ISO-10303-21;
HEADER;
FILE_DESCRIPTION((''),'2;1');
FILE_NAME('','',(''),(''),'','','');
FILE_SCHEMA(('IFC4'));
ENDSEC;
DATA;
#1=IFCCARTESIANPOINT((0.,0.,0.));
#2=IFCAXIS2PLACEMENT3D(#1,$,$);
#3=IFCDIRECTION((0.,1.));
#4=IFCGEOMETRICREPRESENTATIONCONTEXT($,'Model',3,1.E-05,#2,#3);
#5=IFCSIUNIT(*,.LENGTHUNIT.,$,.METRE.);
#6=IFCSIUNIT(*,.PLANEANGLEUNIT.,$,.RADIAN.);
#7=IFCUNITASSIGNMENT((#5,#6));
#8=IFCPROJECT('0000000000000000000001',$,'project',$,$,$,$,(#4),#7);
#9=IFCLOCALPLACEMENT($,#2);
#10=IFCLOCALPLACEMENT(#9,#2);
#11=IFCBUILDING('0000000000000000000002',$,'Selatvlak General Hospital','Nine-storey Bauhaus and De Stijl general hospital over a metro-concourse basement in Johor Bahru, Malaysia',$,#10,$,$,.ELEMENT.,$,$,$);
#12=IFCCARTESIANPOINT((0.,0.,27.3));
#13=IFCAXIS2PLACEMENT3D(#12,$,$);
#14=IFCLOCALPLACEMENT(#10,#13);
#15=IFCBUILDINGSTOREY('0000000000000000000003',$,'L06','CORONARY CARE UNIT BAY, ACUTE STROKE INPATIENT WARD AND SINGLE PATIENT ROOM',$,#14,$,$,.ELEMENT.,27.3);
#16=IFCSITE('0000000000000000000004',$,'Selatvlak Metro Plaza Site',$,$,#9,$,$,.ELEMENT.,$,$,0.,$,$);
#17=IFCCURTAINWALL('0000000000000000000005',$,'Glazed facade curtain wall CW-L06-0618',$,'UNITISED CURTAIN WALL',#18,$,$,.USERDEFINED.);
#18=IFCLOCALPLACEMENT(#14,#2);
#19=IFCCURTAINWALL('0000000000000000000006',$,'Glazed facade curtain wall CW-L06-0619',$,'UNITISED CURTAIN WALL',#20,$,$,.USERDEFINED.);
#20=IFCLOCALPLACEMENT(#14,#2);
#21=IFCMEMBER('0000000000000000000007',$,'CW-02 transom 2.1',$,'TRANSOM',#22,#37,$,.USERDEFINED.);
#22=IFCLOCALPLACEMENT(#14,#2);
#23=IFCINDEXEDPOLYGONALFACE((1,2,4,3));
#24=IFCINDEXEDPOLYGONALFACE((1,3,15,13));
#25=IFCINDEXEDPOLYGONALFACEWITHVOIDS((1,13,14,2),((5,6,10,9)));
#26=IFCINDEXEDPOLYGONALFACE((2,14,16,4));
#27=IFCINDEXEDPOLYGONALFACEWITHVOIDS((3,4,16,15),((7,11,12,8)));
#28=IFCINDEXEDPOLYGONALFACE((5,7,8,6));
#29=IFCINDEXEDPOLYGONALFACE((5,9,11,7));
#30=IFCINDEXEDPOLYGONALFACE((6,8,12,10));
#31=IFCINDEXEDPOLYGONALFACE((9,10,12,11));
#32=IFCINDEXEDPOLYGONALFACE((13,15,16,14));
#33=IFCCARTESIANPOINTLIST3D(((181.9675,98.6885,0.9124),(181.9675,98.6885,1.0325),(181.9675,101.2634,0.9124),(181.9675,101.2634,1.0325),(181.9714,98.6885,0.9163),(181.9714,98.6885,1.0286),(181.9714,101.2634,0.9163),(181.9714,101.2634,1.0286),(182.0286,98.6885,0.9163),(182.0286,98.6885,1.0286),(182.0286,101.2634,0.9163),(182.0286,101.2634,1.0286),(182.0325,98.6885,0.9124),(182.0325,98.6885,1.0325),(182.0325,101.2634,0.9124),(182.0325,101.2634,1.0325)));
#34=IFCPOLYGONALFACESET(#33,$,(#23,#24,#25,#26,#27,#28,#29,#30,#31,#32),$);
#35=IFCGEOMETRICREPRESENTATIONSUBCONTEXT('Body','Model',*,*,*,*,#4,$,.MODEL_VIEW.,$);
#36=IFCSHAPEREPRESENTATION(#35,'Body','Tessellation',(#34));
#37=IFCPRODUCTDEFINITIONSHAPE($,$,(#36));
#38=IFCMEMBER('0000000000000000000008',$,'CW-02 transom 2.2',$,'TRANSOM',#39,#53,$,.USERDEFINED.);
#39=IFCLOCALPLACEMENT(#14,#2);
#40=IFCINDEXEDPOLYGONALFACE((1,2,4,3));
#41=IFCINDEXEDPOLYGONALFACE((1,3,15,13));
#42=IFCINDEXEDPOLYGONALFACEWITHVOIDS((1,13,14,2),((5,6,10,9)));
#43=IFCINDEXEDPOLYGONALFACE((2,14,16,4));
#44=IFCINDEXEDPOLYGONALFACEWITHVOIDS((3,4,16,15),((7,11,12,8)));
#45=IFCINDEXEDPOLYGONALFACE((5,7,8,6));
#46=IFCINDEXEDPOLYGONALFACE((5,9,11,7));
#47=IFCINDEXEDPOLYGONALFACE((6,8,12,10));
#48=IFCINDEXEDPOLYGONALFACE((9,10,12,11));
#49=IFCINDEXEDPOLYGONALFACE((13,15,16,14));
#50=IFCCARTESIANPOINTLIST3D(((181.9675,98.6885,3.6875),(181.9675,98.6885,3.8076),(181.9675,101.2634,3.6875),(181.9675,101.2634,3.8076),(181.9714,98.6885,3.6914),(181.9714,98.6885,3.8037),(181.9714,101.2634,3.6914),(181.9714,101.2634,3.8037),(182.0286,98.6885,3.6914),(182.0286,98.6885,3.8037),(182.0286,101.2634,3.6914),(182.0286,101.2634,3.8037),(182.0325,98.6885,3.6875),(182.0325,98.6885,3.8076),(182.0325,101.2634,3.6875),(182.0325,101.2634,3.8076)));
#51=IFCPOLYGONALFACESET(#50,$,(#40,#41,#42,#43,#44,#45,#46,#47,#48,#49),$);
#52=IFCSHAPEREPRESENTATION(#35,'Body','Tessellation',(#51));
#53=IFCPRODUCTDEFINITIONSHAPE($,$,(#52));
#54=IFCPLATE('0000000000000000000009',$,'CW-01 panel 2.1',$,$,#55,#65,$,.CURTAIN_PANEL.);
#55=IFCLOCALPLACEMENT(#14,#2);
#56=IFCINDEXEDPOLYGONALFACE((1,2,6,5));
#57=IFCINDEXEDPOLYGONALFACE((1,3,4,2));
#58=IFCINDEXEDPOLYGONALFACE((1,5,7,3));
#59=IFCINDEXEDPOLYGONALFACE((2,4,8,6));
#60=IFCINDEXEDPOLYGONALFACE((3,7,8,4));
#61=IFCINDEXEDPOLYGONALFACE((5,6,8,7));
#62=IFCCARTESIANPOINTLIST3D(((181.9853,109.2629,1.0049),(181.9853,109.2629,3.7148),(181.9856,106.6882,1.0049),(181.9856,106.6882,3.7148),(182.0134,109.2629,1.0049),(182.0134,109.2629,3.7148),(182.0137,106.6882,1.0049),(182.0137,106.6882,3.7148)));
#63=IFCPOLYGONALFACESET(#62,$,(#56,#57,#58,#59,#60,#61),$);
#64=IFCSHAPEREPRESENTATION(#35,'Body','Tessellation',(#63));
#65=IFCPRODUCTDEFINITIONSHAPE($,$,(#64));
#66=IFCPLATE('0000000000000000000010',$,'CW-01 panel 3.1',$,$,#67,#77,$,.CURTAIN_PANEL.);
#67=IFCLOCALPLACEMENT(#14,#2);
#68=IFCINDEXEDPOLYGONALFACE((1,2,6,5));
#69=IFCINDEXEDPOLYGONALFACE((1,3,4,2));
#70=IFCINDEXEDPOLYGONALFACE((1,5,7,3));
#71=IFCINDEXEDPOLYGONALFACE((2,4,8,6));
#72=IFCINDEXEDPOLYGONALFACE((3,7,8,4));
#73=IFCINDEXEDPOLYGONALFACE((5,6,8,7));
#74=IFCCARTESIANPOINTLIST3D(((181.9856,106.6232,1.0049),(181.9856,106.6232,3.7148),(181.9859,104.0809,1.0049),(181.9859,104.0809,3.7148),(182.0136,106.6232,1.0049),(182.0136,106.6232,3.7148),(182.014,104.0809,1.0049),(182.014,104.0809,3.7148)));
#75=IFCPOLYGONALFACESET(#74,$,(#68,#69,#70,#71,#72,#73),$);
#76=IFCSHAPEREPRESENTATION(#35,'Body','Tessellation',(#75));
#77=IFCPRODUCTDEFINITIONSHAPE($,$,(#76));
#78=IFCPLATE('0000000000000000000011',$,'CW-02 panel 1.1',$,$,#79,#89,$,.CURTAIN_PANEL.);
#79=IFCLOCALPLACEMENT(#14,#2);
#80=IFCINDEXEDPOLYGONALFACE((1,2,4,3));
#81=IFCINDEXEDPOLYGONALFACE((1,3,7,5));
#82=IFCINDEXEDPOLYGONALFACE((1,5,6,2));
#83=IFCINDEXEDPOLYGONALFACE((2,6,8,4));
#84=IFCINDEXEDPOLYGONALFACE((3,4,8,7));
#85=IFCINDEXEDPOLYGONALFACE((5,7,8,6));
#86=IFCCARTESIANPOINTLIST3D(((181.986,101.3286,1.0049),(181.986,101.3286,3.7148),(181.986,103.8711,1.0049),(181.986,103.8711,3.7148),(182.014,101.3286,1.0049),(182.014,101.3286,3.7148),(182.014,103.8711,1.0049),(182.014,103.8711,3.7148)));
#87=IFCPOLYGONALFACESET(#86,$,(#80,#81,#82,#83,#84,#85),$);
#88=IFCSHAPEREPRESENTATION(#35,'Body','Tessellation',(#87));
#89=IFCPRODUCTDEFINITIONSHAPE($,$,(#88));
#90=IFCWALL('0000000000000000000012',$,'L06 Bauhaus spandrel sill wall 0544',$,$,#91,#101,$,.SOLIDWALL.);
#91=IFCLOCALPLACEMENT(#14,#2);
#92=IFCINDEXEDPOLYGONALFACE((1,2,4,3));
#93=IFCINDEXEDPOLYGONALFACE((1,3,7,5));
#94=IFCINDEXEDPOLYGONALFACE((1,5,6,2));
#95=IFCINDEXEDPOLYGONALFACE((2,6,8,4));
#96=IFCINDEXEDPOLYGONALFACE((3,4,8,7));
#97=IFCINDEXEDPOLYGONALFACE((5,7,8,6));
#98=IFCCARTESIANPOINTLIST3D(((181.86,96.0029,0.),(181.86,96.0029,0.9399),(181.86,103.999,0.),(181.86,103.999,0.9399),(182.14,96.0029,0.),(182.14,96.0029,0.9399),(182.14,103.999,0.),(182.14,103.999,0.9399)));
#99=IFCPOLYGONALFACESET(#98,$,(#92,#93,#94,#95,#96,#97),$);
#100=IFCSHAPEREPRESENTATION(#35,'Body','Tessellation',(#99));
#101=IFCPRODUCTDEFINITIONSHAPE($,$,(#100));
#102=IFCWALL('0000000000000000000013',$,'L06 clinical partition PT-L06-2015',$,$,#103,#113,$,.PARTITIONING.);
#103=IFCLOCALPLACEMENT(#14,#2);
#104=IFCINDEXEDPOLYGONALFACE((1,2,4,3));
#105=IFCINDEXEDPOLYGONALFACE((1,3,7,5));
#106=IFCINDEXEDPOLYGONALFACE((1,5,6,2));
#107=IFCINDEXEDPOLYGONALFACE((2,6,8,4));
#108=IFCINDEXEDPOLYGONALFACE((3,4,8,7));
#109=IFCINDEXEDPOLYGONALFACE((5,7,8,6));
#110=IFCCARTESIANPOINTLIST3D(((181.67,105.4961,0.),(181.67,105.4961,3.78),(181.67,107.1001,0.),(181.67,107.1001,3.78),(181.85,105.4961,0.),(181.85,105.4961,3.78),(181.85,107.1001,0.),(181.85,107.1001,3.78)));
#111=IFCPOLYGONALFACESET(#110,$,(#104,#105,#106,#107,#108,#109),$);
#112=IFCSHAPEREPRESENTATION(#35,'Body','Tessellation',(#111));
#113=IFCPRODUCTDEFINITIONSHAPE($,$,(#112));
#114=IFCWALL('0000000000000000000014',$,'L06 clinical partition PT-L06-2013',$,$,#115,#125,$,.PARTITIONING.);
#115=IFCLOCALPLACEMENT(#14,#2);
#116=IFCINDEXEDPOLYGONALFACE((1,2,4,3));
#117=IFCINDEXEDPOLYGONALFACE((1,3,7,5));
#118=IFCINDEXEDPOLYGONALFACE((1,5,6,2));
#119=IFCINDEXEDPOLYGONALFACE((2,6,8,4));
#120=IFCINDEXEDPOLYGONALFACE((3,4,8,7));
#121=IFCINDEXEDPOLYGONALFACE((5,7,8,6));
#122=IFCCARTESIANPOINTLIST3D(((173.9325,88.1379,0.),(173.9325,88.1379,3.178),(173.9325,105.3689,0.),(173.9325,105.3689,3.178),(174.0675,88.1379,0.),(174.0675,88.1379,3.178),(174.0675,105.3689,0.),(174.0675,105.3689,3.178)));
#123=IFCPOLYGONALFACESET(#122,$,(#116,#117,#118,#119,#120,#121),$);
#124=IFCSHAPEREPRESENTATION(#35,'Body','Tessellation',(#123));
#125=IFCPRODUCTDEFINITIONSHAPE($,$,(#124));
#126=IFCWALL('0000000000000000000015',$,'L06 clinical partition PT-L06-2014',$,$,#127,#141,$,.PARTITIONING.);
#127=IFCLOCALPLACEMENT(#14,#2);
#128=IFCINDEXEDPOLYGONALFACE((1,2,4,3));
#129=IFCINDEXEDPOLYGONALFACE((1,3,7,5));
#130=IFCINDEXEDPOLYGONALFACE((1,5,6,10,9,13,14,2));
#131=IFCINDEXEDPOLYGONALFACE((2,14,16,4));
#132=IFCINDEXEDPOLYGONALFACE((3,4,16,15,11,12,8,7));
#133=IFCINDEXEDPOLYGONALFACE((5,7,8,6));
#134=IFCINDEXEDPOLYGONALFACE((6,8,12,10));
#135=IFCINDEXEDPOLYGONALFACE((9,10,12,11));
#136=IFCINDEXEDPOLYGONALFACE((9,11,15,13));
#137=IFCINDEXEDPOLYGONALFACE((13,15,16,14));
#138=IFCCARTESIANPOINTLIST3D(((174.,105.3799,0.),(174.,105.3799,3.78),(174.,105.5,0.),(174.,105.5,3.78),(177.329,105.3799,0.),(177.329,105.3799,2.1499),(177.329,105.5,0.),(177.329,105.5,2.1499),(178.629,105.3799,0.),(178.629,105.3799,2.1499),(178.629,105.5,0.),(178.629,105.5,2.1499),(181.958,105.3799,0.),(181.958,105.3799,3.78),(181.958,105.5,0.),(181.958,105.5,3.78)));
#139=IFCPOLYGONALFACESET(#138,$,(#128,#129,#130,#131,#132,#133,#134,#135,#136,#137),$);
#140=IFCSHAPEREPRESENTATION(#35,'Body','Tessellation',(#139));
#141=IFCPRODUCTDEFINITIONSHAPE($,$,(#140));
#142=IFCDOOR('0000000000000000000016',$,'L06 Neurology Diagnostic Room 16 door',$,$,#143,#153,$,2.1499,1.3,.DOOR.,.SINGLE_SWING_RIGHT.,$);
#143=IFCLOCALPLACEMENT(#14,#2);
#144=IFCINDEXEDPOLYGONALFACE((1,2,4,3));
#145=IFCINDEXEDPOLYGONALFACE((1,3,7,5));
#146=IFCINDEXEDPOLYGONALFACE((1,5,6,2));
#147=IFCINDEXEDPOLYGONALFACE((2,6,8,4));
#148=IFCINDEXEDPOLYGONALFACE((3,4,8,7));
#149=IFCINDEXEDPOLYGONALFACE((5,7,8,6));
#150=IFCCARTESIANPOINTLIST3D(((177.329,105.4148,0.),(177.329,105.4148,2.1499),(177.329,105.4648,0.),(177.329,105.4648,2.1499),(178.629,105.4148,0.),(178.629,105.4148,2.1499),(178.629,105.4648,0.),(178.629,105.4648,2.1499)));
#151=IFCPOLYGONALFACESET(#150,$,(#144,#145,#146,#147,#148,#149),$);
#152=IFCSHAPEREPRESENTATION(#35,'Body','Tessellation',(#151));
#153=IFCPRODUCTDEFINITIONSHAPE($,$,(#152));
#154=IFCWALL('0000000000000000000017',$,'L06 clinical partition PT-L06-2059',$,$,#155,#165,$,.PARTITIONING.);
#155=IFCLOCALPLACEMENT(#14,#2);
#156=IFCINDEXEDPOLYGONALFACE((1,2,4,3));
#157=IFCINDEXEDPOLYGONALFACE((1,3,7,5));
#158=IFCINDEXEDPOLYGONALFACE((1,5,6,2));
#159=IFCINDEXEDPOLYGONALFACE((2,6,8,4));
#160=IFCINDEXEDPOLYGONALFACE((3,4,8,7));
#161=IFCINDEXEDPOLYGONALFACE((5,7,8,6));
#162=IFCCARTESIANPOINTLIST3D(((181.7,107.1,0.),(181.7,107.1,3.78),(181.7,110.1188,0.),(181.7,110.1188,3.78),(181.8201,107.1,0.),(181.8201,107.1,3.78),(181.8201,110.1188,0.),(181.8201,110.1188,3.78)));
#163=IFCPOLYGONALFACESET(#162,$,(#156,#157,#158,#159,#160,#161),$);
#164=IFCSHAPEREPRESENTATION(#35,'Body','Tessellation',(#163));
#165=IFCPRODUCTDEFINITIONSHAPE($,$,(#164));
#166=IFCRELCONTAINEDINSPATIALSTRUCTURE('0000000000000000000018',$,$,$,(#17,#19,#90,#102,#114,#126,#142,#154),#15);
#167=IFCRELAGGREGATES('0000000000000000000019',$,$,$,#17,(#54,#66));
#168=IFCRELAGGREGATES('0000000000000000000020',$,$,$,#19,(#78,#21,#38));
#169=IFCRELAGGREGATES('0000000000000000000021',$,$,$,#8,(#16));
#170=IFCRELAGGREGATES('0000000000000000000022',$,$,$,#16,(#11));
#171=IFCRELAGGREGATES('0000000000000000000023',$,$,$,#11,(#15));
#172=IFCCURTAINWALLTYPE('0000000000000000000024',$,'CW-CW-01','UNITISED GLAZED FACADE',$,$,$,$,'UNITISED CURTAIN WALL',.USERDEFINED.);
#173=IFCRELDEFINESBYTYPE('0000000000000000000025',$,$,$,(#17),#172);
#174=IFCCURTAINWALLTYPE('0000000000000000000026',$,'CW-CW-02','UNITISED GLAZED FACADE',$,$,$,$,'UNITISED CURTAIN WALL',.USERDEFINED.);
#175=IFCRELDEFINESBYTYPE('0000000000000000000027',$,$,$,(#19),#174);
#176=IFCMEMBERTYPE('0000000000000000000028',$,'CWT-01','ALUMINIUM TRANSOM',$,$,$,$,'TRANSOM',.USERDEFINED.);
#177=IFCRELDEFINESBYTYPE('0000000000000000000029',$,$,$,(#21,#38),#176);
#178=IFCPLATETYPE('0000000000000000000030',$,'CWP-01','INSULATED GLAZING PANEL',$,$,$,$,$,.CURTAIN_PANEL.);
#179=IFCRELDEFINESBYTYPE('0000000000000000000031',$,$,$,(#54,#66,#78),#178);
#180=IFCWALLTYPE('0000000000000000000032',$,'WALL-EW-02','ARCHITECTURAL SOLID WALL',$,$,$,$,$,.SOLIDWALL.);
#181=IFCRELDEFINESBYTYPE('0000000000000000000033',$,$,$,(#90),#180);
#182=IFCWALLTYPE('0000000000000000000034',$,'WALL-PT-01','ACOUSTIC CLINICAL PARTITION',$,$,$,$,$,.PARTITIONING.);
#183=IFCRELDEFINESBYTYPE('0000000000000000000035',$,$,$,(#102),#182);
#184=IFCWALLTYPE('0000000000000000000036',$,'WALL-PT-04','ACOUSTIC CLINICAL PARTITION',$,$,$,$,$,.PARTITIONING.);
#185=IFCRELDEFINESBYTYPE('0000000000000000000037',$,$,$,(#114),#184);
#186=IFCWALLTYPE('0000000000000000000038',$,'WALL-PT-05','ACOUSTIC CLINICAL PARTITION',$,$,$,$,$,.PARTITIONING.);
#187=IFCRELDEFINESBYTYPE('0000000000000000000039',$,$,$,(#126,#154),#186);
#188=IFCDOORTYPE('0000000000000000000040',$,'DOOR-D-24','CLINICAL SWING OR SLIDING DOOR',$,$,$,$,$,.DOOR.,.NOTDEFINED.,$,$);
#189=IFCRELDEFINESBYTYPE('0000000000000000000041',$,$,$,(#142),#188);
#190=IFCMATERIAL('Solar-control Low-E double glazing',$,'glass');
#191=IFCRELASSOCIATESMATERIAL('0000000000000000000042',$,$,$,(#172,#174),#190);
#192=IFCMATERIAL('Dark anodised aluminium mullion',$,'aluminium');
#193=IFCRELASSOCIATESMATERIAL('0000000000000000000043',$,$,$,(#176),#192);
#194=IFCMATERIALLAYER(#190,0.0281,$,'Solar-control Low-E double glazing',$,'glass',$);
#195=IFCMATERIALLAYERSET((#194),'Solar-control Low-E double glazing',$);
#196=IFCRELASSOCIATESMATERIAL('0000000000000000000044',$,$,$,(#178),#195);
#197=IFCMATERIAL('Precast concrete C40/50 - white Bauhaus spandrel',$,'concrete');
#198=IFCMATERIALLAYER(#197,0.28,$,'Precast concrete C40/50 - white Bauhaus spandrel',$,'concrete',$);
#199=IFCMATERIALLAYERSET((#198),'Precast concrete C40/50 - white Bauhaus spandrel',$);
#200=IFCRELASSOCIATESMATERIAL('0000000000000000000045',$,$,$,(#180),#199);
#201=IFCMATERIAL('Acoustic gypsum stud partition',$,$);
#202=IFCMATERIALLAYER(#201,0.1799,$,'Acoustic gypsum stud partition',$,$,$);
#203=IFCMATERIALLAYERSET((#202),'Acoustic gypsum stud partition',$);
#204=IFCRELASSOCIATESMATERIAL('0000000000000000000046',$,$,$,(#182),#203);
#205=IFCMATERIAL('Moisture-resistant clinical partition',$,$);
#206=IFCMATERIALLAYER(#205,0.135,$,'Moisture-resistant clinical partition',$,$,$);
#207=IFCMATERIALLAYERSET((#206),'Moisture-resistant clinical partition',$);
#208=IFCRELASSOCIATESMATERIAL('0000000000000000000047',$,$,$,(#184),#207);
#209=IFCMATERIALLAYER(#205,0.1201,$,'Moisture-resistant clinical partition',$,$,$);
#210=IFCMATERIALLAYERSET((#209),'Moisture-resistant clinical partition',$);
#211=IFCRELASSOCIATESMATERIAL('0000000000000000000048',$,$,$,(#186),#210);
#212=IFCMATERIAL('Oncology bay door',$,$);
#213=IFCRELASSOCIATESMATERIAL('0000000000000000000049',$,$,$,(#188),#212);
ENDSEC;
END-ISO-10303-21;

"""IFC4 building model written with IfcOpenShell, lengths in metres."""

from ifc_helpers import new_model, si_unit, direction, frame, frame_2d, origin, origin_2d, place, context, subcontext, project, spatial, rectangle, hollow_rectangle, extrude, material, layer, layer_set, material_profile, profile_set, type_object, element, fill, aggregate, save


model = new_model("IFC4")

# Units and contexts
model_context = context("Model", 3, precision=1e-05, world=origin(), true_north=direction((0.0, 1.0)))
body_context = subcontext(model_context, "Body", "Model", "MODEL_VIEW")
ifc_project = project(units=[si_unit("LENGTHUNIT", "METRE"), si_unit("PLANEANGLEUNIT", "RADIAN")], contexts=[model_context])

# Site, building, storey
site_placement = place(None, origin())
site = spatial("IfcSite", under=ifc_project, at=site_placement, Name="Selatvlak Metro Plaza Site", CompositionType="ELEMENT", RefElevation=0.0)
building_placement = place(site_placement, origin())
building = spatial("IfcBuilding", under=site, at=building_placement, Name="Selatvlak General Hospital", Description="Nine-storey Bauhaus and De Stijl general hospital over a metro-concourse basement in Johor Bahru, Malaysia", CompositionType="ELEMENT")
storey_placement = place(building_placement, frame((0.0, 0.0, 27.3)))
storey = spatial("IfcBuildingStorey", under=building, at=storey_placement, Name="L06", Description="CORONARY CARE UNIT BAY, ACUTE STROKE INPATIENT WARD AND SINGLE PATIENT ROOM", CompositionType="ELEMENT", Elevation=27.3)

# Curtain walls
ifc_material_1 = material(Name="Solar-control Low-E double glazing", Category="glass")
curtain_wall_type_1 = type_object("IfcCurtainWallType", Name="CW-CW-01", Description="UNITISED GLAZED FACADE", ElementType="UNITISED CURTAIN WALL", PredefinedType="USERDEFINED", material=ifc_material_1)
curtain_wall_1_placement = place(storey_placement, origin())
curtain_wall_1 = element("IfcCurtainWall", 1, at=curtain_wall_1_placement, inside=storey, type_object=curtain_wall_type_1, Name="Glazed facade curtain wall CW-L06-0618", ObjectType="UNITISED CURTAIN WALL", PredefinedType="USERDEFINED")
ifc_material_2 = material(Name="Dark anodised aluminium mullion", Category="aluminium")
curtain_wall_type_2 = type_object("IfcCurtainWallType", Name="CW-CW-02", Description="UNITISED GLAZED FACADE", ElementType="UNITISED CURTAIN WALL", PredefinedType="USERDEFINED", material=ifc_material_1)
curtain_wall_2_placement = place(storey_placement, origin())
curtain_wall_2 = element("IfcCurtainWall", 2, at=curtain_wall_2_placement, inside=storey, type_object=curtain_wall_type_2, Name="Glazed facade curtain wall CW-L06-0619", ObjectType="UNITISED CURTAIN WALL", PredefinedType="USERDEFINED")

# Members
ifc_material_profile_1 = material_profile(ifc_material_2, hollow_rectangle(XDim=0.0649, YDim=0.1201, WallThickness=0.0039, at=origin_2d()), Name="AL-TRN 65x120x4")
ifc_profile_set_1 = profile_set([ifc_material_profile_1], Name="Dark anodised aluminium mullion")
member_type_1 = type_object("IfcMemberType", Name="CWT-01", Description="ALUMINIUM TRANSOM", ElementType="TRANSOM", PredefinedType="USERDEFINED", material=ifc_profile_set_1)
member_1_placement = place(storey_placement, frame((182.0, 101.2634, 0.9724), z_axis=(0.0, -1.0, 0.0), x_axis=(1.0, 0.0, 0.0)))
member_1 = element("IfcMember", 3, at=member_1_placement, type_object=member_type_1, Name="CW-02 transom 2.1", ObjectType="TRANSOM", PredefinedType="USERDEFINED", context=body_context, shape_type="SweptSolid", body=[
    extrude(hollow_rectangle(XDim=0.0649, YDim=0.1201, WallThickness=0.0039, at=origin_2d()), origin(), (0.0, 0.0, 1.0), 2.575),
])
member_2_placement = place(storey_placement, frame((182.0, 101.2634, 3.7476), z_axis=(0.0, -1.0, 0.0), x_axis=(1.0, 0.0, 0.0)))
member_2 = element("IfcMember", 4, at=member_2_placement, type_object=member_type_1, Name="CW-02 transom 2.2", ObjectType="TRANSOM", PredefinedType="USERDEFINED", context=body_context, shape_type="SweptSolid", body=[
    extrude(hollow_rectangle(XDim=0.0649, YDim=0.1201, WallThickness=0.0039, at=origin_2d()), origin(), (0.0, 0.0, 1.0), 2.575),
])

# Plates
ifc_layer_1 = layer(ifc_material_1, 0.0281, Name="Solar-control Low-E double glazing", Category="glass")
ifc_layer_set_1 = layer_set([ifc_layer_1], Name="Solar-control Low-E double glazing")
plate_type = type_object("IfcPlateType", Name="CWP-01", Description="INSULATED GLAZING PANEL", PredefinedType="CURTAIN_PANEL", material=ifc_layer_set_1)
plate_1_placement = place(storey_placement, frame((181.9995, 107.9756, 1.0049), z_axis=(0.0, 0.0, 1.0), x_axis=(0.000126, -1.0, 0.0)))
plate_1 = element("IfcPlate", 5, at=plate_1_placement, type_object=plate_type, Name="CW-01 panel 2.1", PredefinedType="CURTAIN_PANEL", context=body_context, shape_type="SweptSolid", body=[
    extrude(rectangle(XDim=2.5747, YDim=0.0281, at=origin_2d()), origin(), (0.0, 0.0, 1.0), 2.71),
])
plate_2_placement = place(storey_placement, frame((181.9998, 105.3521, 1.0049), z_axis=(0.0, 0.0, 1.0), x_axis=(0.000126, -1.0, 0.0)))
plate_2 = element("IfcPlate", 6, at=plate_2_placement, type_object=plate_type, Name="CW-01 panel 3.1", PredefinedType="CURTAIN_PANEL", context=body_context, shape_type="SweptSolid", body=[
    extrude(rectangle(XDim=2.5422, YDim=0.0281, at=origin_2d()), origin(), (0.0, 0.0, 1.0), 2.71),
])
aggregate(curtain_wall_1, [plate_1, plate_2])
plate_3_placement = place(storey_placement, frame((182.0, 102.5999, 1.0049), z_axis=(0.0, 0.0, 1.0), x_axis=(0.0, -1.0, 0.0)))
plate_3 = element("IfcPlate", 7, at=plate_3_placement, type_object=plate_type, Name="CW-02 panel 1.1", PredefinedType="CURTAIN_PANEL", context=body_context, shape_type="SweptSolid", body=[
    extrude(rectangle(XDim=2.5425, YDim=0.0281, at=origin_2d()), origin(), (0.0, 0.0, 1.0), 2.71),
])
aggregate(curtain_wall_2, [plate_3, member_1, member_2])

# Walls
ifc_material_3 = material(Name="Precast concrete C40/50 - white Bauhaus spandrel", Category="concrete")
ifc_layer_2 = layer(ifc_material_3, 0.28, Name="Precast concrete C40/50 - white Bauhaus spandrel", Category="concrete")
ifc_layer_set_2 = layer_set([ifc_layer_2], Name="Precast concrete C40/50 - white Bauhaus spandrel")
wall_type_1 = type_object("IfcWallType", Name="WALL-EW-02", Description="ARCHITECTURAL SOLID WALL", PredefinedType="SOLIDWALL", material=ifc_layer_set_2)
wall_1_placement = place(storey_placement, frame((182.0, 103.999, 0.0), z_axis=(0.0, 0.0, 1.0), x_axis=(0.0, -1.0, 0.0)))
element("IfcWall", 8, at=wall_1_placement, inside=storey, type_object=wall_type_1, Name="L06 Bauhaus spandrel sill wall 0544", PredefinedType="SOLIDWALL", context=body_context, shape_type="SweptSolid", body=[
    extrude(rectangle(XDim=7.9961, YDim=0.28, at=frame_2d((3.998, 0.0))), origin(), (0.0, 0.0, 1.0), 0.9399),
])
ifc_material_4 = material(Name="Acoustic gypsum stud partition")
ifc_layer_3 = layer(ifc_material_4, 0.1799, Name="Acoustic gypsum stud partition")
ifc_layer_set_3 = layer_set([ifc_layer_3], Name="Acoustic gypsum stud partition")
wall_type_2 = type_object("IfcWallType", Name="WALL-PT-01", Description="ACOUSTIC CLINICAL PARTITION", PredefinedType="PARTITIONING", material=ifc_layer_set_3)
wall_2_placement = place(storey_placement, frame((181.76, 105.4961, 0.0), z_axis=(0.0, 0.0, 1.0), x_axis=(0.0, 1.0, 0.0)))
element("IfcWall", 9, at=wall_2_placement, inside=storey, type_object=wall_type_2, Name="L06 clinical partition PT-L06-2015", PredefinedType="PARTITIONING", context=body_context, shape_type="SweptSolid", body=[
    extrude(rectangle(XDim=1.604, YDim=0.1799, at=frame_2d((0.802, 0.0))), origin(), (0.0, 0.0, 1.0), 3.78),
])
ifc_material_5 = material(Name="Moisture-resistant clinical partition")
ifc_layer_4 = layer(ifc_material_5, 0.135, Name="Moisture-resistant clinical partition")
ifc_layer_set_4 = layer_set([ifc_layer_4], Name="Moisture-resistant clinical partition")
wall_type_3 = type_object("IfcWallType", Name="WALL-PT-04", Description="ACOUSTIC CLINICAL PARTITION", PredefinedType="PARTITIONING", material=ifc_layer_set_4)
wall_3_placement = place(storey_placement, frame((174.0, 105.3689, 0.0), z_axis=(0.0, 0.0, 1.0), x_axis=(0.0, -1.0, 0.0)))
element("IfcWall", 10, at=wall_3_placement, inside=storey, type_object=wall_type_3, Name="L06 clinical partition PT-L06-2013", PredefinedType="PARTITIONING", context=body_context, shape_type="SweptSolid", body=[
    extrude(rectangle(XDim=17.231, YDim=0.135, at=frame_2d((8.6155, 0.0))), origin(), (0.0, 0.0, 1.0), 3.178),
])

# Wall, opening, door
ifc_layer_5 = layer(ifc_material_5, 0.1201, Name="Moisture-resistant clinical partition")
ifc_layer_set_5 = layer_set([ifc_layer_5], Name="Moisture-resistant clinical partition")
wall_type_4 = type_object("IfcWallType", Name="WALL-PT-05", Description="ACOUSTIC CLINICAL PARTITION", PredefinedType="PARTITIONING", material=ifc_layer_set_5)
wall_4_placement = place(storey_placement, frame((174.0, 105.4399, 0.0), z_axis=(0.0, 0.0, 1.0), x_axis=(1.0, 0.0, 0.0)))
wall_4 = element("IfcWall", 11, at=wall_4_placement, inside=storey, type_object=wall_type_4, Name="L06 clinical partition PT-L06-2014", PredefinedType="PARTITIONING", context=body_context, shape_type="SweptSolid", body=[
    extrude(rectangle(XDim=7.958, YDim=0.1201, at=frame_2d((3.979, 0.0))), origin(), (0.0, 0.0, 1.0), 3.78),
])
opening_placement = place(wall_4_placement, frame((3.3291, 0.0, 0.0)))
opening = element("IfcOpeningElement", 12, at=opening_placement, cuts=wall_4, PredefinedType="OPENING", context=body_context, shape_type="SweptSolid", body=[
    extrude(rectangle(XDim=1.3, YDim=2.1499, at=frame_2d((0.6499, 1.075))), frame((0.0, 0.0701, 0.0), z_axis=(0.0, -1.0, 0.0), x_axis=(1.0, 0.0, 0.0)), (0.0, 0.0, 1.0), 0.1401),
])
ifc_material_6 = material(Name="Oncology bay door")
door_type = type_object("IfcDoorType", Name="DOOR-D-24", Description="CLINICAL SWING OR SLIDING DOOR", OperationType="NOTDEFINED", PredefinedType="DOOR", material=ifc_material_6)
door_placement = place(opening_placement, origin())
door = element("IfcDoor", 13, at=door_placement, inside=storey, type_object=door_type, Name="L06 Neurology Diagnostic Room 16 door", OperationType="SINGLE_SWING_RIGHT", OverallHeight=2.1499, OverallWidth=1.3, PredefinedType="DOOR", context=body_context, shape_type="SweptSolid", body=[
    extrude(rectangle(XDim=1.3, YDim=2.1499, at=frame_2d((0.6499, 1.075))), frame((0.0, 0.0249, 0.0), z_axis=(0.0, -1.0, 0.0), x_axis=(1.0, 0.0, 0.0)), (0.0, 0.0, 1.0), 0.05),
])
fill(opening, door)

# Wall
wall_5_placement = place(storey_placement, frame((181.76, 107.1001, 0.0), z_axis=(0.0, 0.0, 1.0), x_axis=(0.0, 1.0, 0.0)))
element("IfcWall", 14, at=wall_5_placement, inside=storey, type_object=wall_type_4, Name="L06 clinical partition PT-L06-2059", PredefinedType="PARTITIONING", context=body_context, shape_type="SweptSolid", body=[
    extrude(rectangle(XDim=3.0188, YDim=0.1201, at=frame_2d((1.5093, 0.0))), origin(), (0.0, 0.0, 1.0), 3.78),
])

save(model, "model.ifc")
